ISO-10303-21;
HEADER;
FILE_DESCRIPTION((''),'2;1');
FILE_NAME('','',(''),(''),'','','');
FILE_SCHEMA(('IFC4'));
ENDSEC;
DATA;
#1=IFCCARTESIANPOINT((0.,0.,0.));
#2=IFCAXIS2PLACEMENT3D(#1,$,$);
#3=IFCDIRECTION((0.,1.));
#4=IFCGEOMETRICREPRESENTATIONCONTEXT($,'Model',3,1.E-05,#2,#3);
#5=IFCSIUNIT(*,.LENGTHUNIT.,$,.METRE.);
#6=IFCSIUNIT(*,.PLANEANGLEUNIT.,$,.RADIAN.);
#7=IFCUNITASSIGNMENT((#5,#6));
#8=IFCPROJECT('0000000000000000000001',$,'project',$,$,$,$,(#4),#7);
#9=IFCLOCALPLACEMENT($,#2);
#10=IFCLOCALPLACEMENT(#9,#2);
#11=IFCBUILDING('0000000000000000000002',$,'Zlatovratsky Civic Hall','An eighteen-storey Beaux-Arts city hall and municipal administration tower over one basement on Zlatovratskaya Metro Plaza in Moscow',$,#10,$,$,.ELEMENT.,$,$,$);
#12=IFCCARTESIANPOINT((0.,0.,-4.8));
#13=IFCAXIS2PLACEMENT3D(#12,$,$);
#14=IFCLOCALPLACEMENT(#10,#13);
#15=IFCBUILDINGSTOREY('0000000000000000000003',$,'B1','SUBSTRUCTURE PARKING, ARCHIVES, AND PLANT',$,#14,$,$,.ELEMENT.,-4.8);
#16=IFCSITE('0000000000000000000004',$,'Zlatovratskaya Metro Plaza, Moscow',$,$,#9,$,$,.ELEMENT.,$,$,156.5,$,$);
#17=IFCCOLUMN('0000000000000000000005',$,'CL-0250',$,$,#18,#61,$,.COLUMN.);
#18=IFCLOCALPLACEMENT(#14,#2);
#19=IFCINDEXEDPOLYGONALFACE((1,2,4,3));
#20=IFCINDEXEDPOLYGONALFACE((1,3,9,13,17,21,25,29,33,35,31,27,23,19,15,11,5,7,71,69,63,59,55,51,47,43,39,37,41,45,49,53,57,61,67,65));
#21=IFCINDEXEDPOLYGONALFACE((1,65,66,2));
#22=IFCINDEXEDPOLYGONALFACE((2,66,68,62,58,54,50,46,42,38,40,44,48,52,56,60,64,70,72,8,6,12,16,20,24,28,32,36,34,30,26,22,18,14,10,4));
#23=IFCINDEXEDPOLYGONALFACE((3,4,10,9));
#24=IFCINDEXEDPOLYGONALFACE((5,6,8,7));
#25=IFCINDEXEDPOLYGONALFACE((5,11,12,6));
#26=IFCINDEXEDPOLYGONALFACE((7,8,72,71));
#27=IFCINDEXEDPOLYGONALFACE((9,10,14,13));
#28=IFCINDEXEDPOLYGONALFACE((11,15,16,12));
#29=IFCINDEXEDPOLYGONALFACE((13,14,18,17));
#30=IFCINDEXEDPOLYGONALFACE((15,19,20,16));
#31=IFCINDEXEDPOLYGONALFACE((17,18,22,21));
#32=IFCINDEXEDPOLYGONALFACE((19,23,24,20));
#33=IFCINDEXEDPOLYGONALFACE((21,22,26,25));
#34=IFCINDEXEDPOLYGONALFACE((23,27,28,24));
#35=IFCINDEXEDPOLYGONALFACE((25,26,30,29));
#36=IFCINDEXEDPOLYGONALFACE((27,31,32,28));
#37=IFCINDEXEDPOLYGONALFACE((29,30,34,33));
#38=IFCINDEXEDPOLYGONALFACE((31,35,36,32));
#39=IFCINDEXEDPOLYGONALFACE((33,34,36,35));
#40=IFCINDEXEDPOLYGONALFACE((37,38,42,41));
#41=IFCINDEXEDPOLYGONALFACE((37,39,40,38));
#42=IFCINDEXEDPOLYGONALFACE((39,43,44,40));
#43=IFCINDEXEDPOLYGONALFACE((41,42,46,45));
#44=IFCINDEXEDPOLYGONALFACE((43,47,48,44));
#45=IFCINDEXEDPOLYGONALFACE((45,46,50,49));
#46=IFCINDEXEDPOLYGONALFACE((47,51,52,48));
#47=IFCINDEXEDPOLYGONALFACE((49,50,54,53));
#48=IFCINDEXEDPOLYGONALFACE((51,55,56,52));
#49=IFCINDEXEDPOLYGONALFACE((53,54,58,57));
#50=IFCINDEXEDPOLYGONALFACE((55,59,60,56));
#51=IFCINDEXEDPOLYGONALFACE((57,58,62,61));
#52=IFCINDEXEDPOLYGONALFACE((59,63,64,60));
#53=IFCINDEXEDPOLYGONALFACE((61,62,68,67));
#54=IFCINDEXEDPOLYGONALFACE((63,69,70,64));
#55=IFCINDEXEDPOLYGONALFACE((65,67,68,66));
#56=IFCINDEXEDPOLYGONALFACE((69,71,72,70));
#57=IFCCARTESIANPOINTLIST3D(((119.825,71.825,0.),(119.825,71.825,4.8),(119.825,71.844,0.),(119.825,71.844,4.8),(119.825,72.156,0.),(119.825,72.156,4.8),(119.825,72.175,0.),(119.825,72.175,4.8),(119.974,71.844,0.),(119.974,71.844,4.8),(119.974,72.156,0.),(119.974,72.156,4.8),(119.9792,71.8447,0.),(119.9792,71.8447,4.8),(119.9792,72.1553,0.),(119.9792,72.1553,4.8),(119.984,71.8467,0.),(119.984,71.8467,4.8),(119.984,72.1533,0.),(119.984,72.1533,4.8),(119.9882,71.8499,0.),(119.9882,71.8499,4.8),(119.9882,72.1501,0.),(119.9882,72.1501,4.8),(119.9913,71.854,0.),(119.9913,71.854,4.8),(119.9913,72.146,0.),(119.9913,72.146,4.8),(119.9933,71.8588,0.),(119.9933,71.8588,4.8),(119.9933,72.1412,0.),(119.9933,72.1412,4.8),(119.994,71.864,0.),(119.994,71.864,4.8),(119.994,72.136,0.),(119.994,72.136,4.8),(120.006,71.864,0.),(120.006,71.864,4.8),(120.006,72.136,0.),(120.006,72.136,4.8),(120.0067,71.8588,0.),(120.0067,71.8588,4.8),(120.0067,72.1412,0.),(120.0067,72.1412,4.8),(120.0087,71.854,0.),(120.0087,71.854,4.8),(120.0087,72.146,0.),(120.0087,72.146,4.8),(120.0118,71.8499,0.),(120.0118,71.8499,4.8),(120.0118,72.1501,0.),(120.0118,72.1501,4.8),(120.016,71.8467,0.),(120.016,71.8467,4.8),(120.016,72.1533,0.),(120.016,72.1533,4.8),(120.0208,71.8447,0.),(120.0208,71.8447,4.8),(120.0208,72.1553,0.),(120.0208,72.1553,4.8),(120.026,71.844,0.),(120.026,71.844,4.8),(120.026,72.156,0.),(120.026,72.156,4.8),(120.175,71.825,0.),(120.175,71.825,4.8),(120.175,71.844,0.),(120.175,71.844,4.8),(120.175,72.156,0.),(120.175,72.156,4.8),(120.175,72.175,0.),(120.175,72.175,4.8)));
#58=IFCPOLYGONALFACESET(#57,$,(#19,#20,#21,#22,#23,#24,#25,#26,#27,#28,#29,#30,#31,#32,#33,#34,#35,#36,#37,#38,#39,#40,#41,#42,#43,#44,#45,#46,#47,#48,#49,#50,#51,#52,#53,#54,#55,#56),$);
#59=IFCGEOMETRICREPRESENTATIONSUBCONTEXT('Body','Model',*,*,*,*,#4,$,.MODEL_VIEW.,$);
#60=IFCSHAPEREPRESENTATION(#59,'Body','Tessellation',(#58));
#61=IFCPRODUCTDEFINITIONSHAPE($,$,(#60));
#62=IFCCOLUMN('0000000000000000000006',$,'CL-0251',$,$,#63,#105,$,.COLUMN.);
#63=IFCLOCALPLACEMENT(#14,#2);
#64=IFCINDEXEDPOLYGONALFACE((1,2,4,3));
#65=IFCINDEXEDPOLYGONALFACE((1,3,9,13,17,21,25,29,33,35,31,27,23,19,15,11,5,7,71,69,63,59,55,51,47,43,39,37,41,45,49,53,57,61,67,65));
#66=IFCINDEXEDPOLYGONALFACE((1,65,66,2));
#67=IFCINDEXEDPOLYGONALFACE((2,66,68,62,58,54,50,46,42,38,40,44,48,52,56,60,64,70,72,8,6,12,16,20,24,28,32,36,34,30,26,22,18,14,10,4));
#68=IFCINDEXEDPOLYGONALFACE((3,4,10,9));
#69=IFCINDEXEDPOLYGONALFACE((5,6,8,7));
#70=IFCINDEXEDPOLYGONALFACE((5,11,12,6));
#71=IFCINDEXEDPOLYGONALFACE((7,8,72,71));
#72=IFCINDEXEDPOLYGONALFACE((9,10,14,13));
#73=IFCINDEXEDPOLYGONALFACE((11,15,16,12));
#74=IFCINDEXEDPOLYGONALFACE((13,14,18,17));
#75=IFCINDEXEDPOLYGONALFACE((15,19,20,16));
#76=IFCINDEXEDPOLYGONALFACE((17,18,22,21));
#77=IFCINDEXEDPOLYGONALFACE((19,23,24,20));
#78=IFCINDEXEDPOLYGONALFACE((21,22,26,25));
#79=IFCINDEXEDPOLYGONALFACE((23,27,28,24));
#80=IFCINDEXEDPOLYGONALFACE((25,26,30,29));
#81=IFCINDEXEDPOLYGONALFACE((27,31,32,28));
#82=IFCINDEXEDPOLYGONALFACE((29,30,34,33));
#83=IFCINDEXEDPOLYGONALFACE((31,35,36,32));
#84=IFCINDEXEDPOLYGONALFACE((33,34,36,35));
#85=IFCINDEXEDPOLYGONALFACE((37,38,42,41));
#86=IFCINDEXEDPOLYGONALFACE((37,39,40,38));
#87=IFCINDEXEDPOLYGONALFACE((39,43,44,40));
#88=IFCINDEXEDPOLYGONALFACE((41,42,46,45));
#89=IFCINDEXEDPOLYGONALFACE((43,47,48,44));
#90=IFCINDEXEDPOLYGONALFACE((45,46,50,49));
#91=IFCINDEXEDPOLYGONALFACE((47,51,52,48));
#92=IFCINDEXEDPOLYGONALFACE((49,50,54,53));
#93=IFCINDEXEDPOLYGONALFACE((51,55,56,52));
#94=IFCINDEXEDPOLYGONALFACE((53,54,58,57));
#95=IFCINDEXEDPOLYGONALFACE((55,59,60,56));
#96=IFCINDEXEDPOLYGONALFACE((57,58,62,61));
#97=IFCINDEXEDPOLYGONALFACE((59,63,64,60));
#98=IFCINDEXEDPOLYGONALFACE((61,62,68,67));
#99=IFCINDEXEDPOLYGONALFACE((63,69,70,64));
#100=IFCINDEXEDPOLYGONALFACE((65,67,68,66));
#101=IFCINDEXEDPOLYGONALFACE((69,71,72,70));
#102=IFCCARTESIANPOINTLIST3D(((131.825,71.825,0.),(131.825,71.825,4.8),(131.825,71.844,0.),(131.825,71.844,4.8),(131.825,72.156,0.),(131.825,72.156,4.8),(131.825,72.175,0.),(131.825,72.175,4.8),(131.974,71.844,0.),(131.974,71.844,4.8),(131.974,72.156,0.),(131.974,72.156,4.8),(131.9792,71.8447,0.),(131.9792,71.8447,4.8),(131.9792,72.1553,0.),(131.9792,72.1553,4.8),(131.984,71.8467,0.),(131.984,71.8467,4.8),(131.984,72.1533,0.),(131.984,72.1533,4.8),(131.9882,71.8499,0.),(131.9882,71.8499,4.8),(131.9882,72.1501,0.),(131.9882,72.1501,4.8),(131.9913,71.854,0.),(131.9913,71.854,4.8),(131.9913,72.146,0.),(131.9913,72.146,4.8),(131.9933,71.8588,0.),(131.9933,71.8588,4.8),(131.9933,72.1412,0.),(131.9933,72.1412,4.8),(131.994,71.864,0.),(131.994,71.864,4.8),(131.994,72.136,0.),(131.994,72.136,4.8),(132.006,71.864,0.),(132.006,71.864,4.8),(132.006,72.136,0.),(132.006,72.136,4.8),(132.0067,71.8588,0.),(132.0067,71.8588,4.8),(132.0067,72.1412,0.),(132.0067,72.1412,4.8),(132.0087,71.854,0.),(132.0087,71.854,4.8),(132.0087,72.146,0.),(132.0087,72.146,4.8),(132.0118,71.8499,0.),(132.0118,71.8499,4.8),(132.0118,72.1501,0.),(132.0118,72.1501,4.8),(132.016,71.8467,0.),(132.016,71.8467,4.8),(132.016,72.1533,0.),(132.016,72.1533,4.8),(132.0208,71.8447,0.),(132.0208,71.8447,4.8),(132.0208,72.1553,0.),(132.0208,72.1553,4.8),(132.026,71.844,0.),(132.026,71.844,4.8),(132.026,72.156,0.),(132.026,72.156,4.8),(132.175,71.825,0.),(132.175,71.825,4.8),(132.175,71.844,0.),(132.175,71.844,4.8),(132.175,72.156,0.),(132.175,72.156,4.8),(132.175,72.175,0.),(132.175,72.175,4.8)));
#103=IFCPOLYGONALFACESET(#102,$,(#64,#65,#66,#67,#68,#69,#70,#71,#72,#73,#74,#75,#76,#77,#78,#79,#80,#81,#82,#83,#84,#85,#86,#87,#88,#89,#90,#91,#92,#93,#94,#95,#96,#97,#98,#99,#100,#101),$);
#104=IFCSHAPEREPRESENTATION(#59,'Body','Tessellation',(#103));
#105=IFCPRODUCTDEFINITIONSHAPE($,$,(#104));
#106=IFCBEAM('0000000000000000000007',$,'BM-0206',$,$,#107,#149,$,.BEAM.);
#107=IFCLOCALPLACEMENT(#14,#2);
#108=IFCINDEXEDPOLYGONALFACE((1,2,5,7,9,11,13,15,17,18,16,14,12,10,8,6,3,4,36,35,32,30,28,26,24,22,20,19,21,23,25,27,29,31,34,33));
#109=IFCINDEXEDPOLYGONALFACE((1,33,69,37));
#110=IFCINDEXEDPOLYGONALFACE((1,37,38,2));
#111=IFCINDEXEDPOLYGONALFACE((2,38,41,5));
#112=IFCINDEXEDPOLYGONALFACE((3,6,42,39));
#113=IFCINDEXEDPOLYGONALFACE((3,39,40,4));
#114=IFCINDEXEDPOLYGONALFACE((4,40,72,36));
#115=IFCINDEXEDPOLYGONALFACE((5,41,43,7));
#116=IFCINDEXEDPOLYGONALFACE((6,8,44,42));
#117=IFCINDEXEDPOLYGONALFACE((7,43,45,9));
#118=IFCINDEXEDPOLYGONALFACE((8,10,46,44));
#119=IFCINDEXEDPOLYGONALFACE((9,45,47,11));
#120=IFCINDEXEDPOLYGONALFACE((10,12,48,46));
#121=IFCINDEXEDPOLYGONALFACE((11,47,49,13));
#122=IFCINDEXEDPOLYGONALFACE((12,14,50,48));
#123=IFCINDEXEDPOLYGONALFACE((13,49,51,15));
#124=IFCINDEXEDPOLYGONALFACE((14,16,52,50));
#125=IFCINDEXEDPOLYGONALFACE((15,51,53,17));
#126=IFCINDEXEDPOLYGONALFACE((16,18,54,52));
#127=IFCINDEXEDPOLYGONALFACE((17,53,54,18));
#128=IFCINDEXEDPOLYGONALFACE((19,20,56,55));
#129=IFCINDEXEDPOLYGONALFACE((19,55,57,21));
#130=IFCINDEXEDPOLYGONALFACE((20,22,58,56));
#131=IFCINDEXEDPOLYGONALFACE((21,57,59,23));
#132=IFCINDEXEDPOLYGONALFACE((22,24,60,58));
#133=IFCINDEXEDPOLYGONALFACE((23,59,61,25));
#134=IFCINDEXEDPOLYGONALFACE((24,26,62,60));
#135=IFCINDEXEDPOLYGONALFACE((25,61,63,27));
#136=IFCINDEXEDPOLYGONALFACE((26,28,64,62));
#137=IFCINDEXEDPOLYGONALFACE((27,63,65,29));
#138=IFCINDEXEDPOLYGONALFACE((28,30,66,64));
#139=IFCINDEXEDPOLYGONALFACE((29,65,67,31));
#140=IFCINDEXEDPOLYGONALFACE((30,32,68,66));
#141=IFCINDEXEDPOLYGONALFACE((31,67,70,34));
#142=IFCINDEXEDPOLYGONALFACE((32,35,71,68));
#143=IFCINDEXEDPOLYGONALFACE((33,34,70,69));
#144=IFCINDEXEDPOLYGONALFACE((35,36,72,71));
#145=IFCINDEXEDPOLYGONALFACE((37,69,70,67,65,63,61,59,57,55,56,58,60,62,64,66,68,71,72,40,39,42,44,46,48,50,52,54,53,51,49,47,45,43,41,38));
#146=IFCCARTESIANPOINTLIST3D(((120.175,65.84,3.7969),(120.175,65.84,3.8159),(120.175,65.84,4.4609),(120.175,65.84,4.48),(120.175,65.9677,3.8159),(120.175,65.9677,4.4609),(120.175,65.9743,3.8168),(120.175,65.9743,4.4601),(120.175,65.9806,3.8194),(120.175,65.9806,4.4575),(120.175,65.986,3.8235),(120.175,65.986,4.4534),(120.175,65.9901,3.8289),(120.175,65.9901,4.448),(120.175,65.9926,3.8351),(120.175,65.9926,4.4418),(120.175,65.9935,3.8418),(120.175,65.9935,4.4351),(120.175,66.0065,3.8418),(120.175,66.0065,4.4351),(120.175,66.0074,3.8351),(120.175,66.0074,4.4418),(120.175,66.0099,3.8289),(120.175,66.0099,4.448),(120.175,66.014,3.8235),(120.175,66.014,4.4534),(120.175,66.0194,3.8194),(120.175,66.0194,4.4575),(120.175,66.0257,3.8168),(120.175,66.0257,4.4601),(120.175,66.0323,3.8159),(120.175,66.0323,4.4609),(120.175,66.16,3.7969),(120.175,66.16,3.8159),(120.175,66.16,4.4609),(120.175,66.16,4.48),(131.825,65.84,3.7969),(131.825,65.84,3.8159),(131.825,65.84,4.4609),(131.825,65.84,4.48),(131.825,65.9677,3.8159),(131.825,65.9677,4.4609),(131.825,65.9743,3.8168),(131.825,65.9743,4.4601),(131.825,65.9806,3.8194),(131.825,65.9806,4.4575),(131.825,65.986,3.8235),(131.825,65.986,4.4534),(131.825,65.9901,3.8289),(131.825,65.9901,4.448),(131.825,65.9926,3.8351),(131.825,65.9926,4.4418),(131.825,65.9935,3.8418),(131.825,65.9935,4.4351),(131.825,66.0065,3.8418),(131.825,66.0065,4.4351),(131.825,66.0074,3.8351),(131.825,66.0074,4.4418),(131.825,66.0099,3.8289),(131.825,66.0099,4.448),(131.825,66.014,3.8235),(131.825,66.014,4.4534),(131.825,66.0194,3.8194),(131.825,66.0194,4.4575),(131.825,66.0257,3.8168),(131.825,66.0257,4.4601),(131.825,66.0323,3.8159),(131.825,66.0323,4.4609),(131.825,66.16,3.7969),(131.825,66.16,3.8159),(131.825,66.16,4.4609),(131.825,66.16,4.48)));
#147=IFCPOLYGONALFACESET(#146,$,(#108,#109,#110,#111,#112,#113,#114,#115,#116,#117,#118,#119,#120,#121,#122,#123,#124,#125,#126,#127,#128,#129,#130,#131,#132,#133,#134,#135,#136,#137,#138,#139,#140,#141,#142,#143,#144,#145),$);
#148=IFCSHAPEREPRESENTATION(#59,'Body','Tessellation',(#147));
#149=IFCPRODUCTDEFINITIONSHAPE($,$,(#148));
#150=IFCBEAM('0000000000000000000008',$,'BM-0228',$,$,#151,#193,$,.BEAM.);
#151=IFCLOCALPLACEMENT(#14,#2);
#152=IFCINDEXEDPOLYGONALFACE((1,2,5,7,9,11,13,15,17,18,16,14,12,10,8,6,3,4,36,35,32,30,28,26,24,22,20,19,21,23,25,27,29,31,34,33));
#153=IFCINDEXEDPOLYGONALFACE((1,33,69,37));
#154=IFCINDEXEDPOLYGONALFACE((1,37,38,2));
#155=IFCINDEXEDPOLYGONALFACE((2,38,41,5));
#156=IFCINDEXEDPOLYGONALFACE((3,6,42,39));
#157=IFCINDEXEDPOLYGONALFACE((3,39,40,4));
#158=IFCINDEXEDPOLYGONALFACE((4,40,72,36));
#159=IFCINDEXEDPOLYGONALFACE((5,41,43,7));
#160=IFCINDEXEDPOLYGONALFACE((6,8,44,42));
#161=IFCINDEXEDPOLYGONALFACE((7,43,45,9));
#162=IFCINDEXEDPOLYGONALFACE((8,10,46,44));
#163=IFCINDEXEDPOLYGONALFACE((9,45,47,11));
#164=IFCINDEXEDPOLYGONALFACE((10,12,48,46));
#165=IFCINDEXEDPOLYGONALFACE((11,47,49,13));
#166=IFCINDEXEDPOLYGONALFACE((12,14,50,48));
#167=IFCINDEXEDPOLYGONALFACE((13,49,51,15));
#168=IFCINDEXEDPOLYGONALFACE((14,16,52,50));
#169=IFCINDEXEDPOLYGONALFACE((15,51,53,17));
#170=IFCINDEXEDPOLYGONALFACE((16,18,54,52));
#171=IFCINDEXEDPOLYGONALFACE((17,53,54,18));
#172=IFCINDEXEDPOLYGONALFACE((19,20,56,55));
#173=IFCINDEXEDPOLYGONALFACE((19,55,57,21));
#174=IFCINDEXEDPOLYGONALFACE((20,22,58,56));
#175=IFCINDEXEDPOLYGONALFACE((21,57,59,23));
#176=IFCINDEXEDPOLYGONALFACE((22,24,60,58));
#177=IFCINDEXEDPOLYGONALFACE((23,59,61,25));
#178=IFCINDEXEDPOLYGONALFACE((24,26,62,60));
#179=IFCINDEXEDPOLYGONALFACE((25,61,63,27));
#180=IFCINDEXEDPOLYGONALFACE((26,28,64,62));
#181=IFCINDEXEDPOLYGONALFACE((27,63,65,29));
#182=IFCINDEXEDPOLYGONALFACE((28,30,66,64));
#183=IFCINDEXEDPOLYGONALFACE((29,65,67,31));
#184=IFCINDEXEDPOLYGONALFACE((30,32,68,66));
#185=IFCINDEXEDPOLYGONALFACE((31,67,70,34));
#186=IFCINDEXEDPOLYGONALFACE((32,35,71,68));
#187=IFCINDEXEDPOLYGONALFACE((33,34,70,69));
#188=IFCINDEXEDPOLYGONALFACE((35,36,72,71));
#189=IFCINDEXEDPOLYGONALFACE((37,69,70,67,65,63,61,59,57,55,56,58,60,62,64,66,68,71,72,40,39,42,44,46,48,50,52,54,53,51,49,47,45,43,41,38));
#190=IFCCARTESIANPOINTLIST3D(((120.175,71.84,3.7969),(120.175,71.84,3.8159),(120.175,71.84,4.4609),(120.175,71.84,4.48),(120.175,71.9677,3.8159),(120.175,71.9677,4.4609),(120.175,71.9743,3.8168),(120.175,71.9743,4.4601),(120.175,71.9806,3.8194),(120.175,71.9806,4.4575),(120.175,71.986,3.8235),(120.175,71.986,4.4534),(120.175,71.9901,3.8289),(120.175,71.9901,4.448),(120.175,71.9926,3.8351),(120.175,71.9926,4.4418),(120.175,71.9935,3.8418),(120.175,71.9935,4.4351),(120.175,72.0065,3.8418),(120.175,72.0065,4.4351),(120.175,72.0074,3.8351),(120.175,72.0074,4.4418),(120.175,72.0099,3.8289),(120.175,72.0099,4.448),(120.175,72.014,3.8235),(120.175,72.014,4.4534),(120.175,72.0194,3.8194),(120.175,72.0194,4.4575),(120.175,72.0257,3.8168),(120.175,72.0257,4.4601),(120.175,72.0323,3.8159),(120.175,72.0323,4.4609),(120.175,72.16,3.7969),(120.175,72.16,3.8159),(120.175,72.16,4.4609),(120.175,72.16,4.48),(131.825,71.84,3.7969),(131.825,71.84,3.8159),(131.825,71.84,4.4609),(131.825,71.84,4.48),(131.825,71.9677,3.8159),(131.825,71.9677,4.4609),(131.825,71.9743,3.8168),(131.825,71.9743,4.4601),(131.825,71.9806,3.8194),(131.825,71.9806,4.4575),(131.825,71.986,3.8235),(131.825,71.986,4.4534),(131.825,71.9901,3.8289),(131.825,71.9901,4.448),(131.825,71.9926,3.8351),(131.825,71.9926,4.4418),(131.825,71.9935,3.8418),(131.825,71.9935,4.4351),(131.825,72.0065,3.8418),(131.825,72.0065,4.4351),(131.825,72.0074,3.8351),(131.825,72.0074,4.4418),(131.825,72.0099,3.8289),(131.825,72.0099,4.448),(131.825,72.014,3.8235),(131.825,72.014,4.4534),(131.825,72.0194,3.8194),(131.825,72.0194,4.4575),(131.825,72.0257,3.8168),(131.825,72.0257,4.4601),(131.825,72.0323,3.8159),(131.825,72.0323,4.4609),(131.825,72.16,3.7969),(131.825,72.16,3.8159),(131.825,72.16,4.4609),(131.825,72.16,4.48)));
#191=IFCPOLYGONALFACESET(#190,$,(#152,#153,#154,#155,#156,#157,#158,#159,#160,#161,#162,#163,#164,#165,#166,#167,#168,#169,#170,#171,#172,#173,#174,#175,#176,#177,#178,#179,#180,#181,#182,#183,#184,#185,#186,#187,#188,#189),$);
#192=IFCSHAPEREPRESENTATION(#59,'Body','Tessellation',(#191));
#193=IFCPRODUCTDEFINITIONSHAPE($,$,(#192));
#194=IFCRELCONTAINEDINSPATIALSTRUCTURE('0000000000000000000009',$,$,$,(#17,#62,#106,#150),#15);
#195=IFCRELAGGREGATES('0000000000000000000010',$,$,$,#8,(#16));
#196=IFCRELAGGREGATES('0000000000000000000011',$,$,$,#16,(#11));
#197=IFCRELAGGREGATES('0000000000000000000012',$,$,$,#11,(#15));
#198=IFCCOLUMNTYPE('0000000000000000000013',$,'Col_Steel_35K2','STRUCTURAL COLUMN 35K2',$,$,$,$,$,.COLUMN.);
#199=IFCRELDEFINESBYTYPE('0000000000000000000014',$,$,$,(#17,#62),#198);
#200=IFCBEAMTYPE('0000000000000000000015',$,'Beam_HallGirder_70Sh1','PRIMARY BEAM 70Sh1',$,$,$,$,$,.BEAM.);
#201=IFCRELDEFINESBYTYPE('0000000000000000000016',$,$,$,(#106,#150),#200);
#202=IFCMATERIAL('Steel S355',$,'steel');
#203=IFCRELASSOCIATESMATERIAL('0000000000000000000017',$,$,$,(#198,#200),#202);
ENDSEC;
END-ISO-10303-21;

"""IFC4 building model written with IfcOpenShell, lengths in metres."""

from ifc_helpers import new_model, si_unit, direction, frame, origin, origin_2d, place, context, subcontext, project, spatial, i_section, extrude, material, material_profile, profile_set, type_object, element, save


model = new_model("IFC4")

# Units and contexts
model_context = context("Model", 3, precision=1e-05, world=origin(), true_north=direction((0.0, 1.0)))
body_context = subcontext(model_context, "Body", "Model", "MODEL_VIEW")
ifc_project = project(units=[si_unit("LENGTHUNIT", "METRE"), si_unit("PLANEANGLEUNIT", "RADIAN")], contexts=[model_context])

# Site, building, storey
site_placement = place(None, origin())
site = spatial("IfcSite", under=ifc_project, at=site_placement, Name="Zlatovratskaya Metro Plaza, Moscow", CompositionType="ELEMENT", RefElevation=156.5)
building_placement = place(site_placement, origin())
building = spatial("IfcBuilding", under=site, at=building_placement, Name="Zlatovratsky Civic Hall", Description="An eighteen-storey Beaux-Arts city hall and municipal administration tower over one basement on Zlatovratskaya Metro Plaza in Moscow", CompositionType="ELEMENT")
storey_placement = place(building_placement, frame((0.0, 0.0, -4.8)))
storey = spatial("IfcBuildingStorey", under=building, at=storey_placement, Name="B1", Description="SUBSTRUCTURE PARKING, ARCHIVES, AND PLANT", CompositionType="ELEMENT", Elevation=-4.8)

# Columns
ifc_material_1 = material(Name="Steel S355", Category="steel")
ifc_material_profile_1 = material_profile(ifc_material_1, i_section(OverallWidth=0.3501, OverallDepth=0.3501, WebThickness=0.012, FlangeThickness=0.019, FilletRadius=0.02, at=origin_2d()), Name="35K2")
ifc_profile_set_1 = profile_set([ifc_material_profile_1], Name="Steel S355")
column_type = type_object("IfcColumnType", Name="Col_Steel_35K2", Description="STRUCTURAL COLUMN 35K2", PredefinedType="COLUMN", material=ifc_profile_set_1)
for number, where, z_axis, x_axis, name in (
    (1, (120.0, 72.0, 0.0), (0.0, 0.0, 1.0), (1.0, 0.0, 0.0), "CL-0250"),
    (2, (132.0, 72.0, 0.0), (0.0, 0.0, 1.0), (1.0, 0.0, 0.0), "CL-0251"),
):
    element("IfcColumn", number, at=place(storey_placement, frame(where, z_axis=z_axis, x_axis=x_axis)), inside=storey, type_object=column_type, Name=name, PredefinedType="COLUMN", context=body_context, shape_type="SweptSolid", body=[
        extrude(i_section(OverallWidth=0.3501, OverallDepth=0.3501, WebThickness=0.012, FlangeThickness=0.019, FilletRadius=0.02, at=origin_2d()), origin(), (0.0, 0.0, 1.0), 4.8),
    ])

# Beams
ifc_material_profile_2 = material_profile(ifc_material_1, i_section(OverallWidth=0.3201, OverallDepth=0.6831, WebThickness=0.0129, FlangeThickness=0.019, FilletRadius=0.0259, at=origin_2d()), Name="70Sh1")
ifc_profile_set_2 = profile_set([ifc_material_profile_2], Name="Steel S355")
beam_type_1 = type_object("IfcBeamType", Name="Beam_HallGirder_70Sh1", Description="PRIMARY BEAM 70Sh1", PredefinedType="BEAM", material=ifc_profile_set_2)
for number, where, z_axis, x_axis, name in (
    (3, (120.175, 66.0, 4.1384), (1.0, 0.0, 0.0), (0.0, 1.0, 0.0), "BM-0206"),
    (4, (120.175, 72.0, 4.1384), (1.0, 0.0, 0.0), (0.0, 1.0, 0.0), "BM-0228"),
):
    element("IfcBeam", number, at=place(storey_placement, frame(where, z_axis=z_axis, x_axis=x_axis)), inside=storey, type_object=beam_type_1, Name=name, PredefinedType="BEAM", context=body_context, shape_type="SweptSolid", body=[
        extrude(i_section(OverallWidth=0.3201, OverallDepth=0.6831, WebThickness=0.0129, FlangeThickness=0.019, FilletRadius=0.0259, at=origin_2d()), origin(), (0.0, 0.0, 1.0), 11.6499),
    ])

save(model, "model.ifc")
